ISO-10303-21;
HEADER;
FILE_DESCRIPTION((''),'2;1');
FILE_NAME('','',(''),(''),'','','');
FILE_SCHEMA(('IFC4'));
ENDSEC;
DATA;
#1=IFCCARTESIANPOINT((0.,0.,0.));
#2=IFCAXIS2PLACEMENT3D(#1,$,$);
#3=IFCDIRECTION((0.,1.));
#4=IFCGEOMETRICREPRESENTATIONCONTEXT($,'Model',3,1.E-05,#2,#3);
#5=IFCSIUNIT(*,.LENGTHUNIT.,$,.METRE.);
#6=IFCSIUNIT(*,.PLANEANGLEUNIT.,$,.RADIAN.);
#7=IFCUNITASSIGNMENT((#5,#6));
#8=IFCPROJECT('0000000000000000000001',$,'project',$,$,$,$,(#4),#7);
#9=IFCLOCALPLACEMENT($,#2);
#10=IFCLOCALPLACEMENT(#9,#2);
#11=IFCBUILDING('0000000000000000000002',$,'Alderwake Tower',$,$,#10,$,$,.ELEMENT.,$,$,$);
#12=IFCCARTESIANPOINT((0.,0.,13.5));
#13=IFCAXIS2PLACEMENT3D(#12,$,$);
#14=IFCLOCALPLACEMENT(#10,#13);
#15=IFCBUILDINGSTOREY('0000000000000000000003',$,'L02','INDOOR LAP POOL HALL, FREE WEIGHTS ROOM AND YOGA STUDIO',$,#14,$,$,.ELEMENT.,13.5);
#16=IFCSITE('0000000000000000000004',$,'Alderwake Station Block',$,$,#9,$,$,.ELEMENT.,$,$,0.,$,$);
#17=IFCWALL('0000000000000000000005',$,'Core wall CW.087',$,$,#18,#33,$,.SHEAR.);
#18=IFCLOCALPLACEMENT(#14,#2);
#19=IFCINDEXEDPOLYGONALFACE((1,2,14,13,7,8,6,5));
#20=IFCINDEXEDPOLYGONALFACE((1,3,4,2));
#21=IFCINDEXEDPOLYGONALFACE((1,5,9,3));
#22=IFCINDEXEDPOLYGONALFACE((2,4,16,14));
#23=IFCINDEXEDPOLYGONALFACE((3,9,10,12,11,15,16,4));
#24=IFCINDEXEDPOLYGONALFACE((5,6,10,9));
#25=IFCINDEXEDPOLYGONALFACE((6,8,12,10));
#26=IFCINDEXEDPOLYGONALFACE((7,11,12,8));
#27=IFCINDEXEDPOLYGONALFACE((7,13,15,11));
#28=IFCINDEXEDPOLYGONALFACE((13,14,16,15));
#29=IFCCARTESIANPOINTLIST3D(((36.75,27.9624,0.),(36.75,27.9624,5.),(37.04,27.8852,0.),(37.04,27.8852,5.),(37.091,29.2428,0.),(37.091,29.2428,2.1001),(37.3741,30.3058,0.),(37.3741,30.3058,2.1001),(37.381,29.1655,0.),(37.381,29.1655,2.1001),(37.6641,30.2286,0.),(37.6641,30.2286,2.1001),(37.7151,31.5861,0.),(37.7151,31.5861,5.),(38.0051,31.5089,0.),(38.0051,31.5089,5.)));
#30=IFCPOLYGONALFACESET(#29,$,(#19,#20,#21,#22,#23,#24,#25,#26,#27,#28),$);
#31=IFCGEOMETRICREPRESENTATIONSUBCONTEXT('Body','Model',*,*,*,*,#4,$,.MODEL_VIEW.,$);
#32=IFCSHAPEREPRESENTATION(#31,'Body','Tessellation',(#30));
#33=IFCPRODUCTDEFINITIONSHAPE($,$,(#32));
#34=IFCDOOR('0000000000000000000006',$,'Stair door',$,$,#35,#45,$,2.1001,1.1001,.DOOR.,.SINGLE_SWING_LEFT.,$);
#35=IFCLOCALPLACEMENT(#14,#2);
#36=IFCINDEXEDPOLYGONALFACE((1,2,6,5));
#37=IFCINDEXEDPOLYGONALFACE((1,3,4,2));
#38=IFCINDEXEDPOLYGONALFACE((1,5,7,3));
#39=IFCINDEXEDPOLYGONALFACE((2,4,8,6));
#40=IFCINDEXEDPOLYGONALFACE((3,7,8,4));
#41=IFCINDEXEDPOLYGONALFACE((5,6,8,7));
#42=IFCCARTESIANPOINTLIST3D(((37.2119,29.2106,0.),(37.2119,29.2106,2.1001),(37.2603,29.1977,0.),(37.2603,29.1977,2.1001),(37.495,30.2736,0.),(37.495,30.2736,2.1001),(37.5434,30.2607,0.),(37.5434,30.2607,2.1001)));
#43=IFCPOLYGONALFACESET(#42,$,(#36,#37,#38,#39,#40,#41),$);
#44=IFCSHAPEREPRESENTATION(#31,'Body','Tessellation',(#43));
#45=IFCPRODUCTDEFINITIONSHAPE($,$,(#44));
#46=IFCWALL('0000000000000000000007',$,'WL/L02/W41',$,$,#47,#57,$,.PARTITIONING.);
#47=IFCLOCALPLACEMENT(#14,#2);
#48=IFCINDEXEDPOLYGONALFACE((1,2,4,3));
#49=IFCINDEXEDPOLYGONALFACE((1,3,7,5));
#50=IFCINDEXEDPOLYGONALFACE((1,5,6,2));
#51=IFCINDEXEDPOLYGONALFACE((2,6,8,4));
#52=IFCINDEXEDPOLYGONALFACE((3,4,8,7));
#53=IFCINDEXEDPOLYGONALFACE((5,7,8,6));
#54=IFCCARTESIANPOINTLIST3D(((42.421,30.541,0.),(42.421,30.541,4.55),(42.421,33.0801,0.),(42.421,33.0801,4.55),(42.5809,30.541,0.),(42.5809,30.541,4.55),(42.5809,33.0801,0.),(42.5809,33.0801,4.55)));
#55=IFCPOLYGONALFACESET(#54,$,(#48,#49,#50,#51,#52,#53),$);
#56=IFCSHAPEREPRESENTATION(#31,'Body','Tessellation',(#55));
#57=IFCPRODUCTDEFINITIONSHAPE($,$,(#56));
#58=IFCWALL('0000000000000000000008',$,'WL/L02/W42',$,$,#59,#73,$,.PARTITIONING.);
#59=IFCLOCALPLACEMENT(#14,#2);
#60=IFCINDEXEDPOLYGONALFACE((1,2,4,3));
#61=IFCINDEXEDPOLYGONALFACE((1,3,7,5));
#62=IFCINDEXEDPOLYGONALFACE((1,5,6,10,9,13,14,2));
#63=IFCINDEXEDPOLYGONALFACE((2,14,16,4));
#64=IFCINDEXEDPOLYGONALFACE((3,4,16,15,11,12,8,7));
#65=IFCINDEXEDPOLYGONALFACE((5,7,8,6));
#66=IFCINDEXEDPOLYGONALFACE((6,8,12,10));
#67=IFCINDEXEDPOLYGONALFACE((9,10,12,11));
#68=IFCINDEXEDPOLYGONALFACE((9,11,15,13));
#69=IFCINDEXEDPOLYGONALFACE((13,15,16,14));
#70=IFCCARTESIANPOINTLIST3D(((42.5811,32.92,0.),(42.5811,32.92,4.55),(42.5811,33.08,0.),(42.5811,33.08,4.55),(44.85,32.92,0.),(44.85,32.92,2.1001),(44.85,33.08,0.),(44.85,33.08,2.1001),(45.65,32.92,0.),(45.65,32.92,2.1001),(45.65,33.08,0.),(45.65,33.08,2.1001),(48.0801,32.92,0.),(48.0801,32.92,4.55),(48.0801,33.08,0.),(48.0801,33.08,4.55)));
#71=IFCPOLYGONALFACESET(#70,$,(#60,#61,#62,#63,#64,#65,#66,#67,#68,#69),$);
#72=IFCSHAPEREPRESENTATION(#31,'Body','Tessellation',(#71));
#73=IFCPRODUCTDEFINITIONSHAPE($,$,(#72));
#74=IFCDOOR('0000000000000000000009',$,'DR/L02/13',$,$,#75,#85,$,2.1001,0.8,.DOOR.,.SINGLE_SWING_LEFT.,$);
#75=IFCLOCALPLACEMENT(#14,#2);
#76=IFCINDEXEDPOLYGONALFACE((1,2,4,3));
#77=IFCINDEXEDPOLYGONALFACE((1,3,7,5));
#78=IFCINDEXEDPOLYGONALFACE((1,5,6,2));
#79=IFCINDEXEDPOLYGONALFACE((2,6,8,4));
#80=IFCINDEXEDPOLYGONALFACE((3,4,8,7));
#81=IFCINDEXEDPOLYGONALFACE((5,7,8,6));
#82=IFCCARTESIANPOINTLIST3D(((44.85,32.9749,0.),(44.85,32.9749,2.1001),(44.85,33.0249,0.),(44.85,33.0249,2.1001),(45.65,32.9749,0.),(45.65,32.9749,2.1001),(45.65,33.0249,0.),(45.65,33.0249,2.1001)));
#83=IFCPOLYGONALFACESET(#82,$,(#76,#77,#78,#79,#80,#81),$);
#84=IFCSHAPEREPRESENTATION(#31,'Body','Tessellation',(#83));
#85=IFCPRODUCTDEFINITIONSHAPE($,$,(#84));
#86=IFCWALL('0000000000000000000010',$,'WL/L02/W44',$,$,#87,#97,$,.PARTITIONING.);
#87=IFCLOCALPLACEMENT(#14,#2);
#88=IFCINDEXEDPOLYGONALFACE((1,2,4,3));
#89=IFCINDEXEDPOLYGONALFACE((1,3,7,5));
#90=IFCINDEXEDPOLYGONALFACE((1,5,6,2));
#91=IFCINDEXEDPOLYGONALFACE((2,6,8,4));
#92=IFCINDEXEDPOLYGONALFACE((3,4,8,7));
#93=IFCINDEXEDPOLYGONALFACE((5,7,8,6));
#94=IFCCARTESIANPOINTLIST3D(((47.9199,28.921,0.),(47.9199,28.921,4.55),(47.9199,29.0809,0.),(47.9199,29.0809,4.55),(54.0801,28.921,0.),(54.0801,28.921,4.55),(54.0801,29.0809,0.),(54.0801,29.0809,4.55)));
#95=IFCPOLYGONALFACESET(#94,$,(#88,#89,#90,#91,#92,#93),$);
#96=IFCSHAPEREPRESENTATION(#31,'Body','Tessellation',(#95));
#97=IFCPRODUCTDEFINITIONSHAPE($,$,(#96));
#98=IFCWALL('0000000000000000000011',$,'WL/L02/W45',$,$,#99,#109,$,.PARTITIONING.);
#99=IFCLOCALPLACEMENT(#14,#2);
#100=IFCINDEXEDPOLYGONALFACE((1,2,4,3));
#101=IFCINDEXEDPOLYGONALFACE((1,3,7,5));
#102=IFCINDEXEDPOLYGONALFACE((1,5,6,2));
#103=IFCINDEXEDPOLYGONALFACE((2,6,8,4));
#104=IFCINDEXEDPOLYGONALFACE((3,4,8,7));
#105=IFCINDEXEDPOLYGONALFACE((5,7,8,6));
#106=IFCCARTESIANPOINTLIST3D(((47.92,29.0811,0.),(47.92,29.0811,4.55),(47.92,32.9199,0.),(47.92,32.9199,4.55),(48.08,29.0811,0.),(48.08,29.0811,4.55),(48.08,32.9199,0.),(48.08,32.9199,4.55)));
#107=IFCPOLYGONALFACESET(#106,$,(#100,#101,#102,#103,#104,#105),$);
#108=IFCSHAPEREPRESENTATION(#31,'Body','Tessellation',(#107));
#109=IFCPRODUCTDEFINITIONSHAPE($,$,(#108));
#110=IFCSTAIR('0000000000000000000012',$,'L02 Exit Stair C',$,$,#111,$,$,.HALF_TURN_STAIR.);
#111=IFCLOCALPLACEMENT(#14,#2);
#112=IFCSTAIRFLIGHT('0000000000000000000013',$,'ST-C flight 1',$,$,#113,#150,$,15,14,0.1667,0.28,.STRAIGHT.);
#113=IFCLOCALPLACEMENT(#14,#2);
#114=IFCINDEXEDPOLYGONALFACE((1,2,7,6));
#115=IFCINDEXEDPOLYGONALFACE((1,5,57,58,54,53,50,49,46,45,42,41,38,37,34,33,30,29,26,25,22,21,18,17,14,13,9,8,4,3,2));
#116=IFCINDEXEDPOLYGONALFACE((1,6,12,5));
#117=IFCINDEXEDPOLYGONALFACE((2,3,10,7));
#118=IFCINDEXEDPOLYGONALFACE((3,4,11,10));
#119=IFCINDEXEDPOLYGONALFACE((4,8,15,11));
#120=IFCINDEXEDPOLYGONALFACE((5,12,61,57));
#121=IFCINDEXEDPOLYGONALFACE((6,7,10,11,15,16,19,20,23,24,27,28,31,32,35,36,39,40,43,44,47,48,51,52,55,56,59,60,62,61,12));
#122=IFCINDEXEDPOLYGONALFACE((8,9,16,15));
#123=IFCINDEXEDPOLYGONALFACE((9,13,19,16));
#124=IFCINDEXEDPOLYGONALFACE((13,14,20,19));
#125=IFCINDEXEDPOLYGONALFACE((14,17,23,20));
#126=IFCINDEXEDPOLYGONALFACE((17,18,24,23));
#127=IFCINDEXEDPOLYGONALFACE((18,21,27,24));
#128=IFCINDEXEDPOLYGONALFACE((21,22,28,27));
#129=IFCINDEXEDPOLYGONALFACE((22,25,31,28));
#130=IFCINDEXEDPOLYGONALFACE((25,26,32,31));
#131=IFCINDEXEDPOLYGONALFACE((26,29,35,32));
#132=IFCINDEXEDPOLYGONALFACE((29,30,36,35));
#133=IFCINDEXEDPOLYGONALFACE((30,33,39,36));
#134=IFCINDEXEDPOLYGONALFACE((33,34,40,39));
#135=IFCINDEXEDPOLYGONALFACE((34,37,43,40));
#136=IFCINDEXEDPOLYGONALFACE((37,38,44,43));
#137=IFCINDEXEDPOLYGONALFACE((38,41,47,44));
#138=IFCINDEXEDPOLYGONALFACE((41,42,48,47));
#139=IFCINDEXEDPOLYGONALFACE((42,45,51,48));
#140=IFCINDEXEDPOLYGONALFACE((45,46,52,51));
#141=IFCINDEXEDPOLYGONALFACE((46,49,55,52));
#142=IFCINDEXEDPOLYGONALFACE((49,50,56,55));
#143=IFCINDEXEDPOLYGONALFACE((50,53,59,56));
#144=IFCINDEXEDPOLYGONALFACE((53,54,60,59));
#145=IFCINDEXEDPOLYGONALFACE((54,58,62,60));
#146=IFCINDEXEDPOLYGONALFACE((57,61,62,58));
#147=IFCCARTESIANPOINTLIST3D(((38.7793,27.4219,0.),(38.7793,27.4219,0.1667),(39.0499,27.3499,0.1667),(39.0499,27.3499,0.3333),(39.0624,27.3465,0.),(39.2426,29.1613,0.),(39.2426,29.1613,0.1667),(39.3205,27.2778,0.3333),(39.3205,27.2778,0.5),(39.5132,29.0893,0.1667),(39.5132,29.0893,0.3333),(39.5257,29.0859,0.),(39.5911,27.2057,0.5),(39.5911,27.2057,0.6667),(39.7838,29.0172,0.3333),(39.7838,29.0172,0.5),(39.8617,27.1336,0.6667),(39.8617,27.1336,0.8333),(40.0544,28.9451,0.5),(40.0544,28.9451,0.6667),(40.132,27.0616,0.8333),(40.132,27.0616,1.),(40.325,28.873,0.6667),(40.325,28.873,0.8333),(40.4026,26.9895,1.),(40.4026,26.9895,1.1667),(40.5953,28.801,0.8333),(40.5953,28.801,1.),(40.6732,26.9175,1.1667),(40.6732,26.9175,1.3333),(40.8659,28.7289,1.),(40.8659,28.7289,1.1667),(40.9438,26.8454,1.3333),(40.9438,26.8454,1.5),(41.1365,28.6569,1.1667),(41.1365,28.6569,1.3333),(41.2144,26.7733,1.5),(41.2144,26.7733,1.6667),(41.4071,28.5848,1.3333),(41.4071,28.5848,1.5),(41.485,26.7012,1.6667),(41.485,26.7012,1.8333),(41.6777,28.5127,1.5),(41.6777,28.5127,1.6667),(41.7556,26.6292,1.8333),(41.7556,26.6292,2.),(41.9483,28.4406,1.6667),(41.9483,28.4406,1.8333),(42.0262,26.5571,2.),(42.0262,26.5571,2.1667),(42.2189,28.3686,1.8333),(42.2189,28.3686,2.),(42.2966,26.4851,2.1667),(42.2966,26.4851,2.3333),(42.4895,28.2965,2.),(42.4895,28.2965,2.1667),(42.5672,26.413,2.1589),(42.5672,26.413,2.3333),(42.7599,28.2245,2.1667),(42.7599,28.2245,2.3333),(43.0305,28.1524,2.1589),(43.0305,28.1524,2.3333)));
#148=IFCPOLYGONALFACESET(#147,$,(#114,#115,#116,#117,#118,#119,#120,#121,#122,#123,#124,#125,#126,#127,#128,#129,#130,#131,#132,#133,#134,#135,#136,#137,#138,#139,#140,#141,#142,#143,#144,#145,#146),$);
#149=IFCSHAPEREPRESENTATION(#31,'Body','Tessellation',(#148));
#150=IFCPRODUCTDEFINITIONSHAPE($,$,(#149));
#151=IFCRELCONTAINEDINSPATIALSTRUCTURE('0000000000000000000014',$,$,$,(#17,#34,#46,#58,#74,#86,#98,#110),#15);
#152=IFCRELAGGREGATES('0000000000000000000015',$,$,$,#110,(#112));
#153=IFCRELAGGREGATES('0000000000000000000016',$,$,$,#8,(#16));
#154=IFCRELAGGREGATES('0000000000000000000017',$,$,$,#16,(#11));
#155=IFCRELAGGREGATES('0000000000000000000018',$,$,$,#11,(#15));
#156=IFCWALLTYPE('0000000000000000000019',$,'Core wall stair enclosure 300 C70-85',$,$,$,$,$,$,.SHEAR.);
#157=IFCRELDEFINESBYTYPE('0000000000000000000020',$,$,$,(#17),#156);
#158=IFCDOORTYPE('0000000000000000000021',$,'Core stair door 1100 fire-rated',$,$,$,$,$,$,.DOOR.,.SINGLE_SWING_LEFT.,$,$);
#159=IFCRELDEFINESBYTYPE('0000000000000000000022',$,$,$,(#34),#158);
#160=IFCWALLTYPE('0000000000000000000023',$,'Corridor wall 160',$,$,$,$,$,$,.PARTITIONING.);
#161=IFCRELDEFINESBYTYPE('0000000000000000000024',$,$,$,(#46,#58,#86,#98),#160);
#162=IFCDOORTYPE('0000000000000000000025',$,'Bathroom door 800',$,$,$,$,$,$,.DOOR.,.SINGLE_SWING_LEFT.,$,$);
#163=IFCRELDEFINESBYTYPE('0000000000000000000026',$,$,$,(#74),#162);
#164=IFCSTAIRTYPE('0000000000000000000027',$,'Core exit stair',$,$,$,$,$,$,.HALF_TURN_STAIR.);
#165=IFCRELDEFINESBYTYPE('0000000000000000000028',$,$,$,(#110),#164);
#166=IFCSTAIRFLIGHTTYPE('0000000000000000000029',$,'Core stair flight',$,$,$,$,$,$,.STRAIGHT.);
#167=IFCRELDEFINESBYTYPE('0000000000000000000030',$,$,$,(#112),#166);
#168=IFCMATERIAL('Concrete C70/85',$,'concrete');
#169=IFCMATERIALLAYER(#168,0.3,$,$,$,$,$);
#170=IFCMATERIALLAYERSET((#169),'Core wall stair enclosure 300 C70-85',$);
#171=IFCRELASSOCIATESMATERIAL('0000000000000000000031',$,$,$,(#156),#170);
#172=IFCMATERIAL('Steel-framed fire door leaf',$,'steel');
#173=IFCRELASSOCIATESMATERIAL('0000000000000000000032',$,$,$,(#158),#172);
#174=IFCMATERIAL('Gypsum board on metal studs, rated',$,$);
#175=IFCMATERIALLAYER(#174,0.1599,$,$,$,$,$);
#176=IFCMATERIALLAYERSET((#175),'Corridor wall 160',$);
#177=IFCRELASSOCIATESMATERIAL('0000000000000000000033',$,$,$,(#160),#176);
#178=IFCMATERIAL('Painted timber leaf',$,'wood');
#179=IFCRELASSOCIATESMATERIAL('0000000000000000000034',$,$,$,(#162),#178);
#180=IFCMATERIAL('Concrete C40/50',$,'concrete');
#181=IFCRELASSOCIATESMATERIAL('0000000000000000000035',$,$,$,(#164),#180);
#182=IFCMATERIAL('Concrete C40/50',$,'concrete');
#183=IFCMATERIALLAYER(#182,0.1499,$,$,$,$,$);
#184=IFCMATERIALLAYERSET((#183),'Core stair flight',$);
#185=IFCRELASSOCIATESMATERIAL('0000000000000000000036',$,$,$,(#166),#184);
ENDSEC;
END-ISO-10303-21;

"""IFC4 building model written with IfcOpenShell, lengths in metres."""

from ifc_helpers import new_model, si_unit, direction, frame, frame_2d, origin, place, context, subcontext, project, spatial, polyline, rectangle, outline, extrude, material, layer, layer_set, type_object, element, fill, aggregate, save


model = new_model("IFC4")

# Units and contexts
model_context = context("Model", 3, precision=1e-05, world=origin(), true_north=direction((0.0, 1.0)))
body_context = subcontext(model_context, "Body", "Model", "MODEL_VIEW")
ifc_project = project(units=[si_unit("LENGTHUNIT", "METRE"), si_unit("PLANEANGLEUNIT", "RADIAN")], contexts=[model_context])

# Site, building, storey
site_placement = place(None, origin())
site = spatial("IfcSite", under=ifc_project, at=site_placement, Name="Alderwake Station Block", CompositionType="ELEMENT", RefElevation=0.0)
building_placement = place(site_placement, origin())
building = spatial("IfcBuilding", under=site, at=building_placement, Name="Alderwake Tower", CompositionType="ELEMENT")
storey_placement = place(building_placement, frame((0.0, 0.0, 13.5)))
storey = spatial("IfcBuildingStorey", under=building, at=storey_placement, Name="L02", Description="INDOOR LAP POOL HALL, FREE WEIGHTS ROOM AND YOGA STUDIO", CompositionType="ELEMENT", Elevation=13.5)

# Shared definitions
ifc_material_1 = material(Name="Concrete C70/85", Category="concrete")
ifc_layer_1 = layer(ifc_material_1, 0.3)
ifc_layer_set_1 = layer_set([ifc_layer_1], Name="Core wall stair enclosure 300 C70-85")
wall_type_1 = type_object("IfcWallType", Name="Core wall stair enclosure 300 C70-85", PredefinedType="SHEAR", material=ifc_layer_set_1)

# Wall, opening, door
wall_1_placement = place(storey_placement, frame((36.895, 27.9238, 0.0), z_axis=(0.0, 0.0, 1.0), x_axis=(0.257351, 0.966318, 0.0)))
wall_1 = element("IfcWall", 1, at=wall_1_placement, inside=storey, type_object=wall_type_1, Name="Core wall CW.087", PredefinedType="SHEAR", context=body_context, shape_type="SweptSolid", body=[
    extrude(rectangle(XDim=3.75, YDim=0.3, at=frame_2d((1.875, 0.0))), origin(), (0.0, 0.0, 1.0), 5.0),
])
opening_1_placement = place(wall_1_placement, frame((1.325, 0.0, 0.0)))
opening_1 = element("IfcOpeningElement", 2, at=opening_1_placement, cuts=wall_1, PredefinedType="OPENING", context=body_context, shape_type="SweptSolid", body=[
    extrude(rectangle(XDim=1.1001, YDim=2.1001, at=frame_2d((0.55, 1.05))), frame((0.0, 0.1599, 0.0), z_axis=(0.0, -1.0, 0.0), x_axis=(1.0, 0.0, 0.0)), (0.0, 0.0, 1.0), 0.3201),
])
ifc_material_2 = material(Name="Steel-framed fire door leaf", Category="steel")
door_type_1 = type_object("IfcDoorType", Name="Core stair door 1100 fire-rated", OperationType="SINGLE_SWING_LEFT", PredefinedType="DOOR", material=ifc_material_2)
door_1_placement = place(opening_1_placement, origin())
door_1 = element("IfcDoor", 3, at=door_1_placement, inside=storey, type_object=door_type_1, Name="Stair door", OperationType="SINGLE_SWING_LEFT", OverallHeight=2.1001, OverallWidth=1.1001, PredefinedType="DOOR", context=body_context, shape_type="SweptSolid", body=[
    extrude(rectangle(XDim=1.1001, YDim=2.1001, at=frame_2d((0.55, 1.05))), frame((0.0, 0.0249, 0.0), z_axis=(0.0, -1.0, 0.0), x_axis=(1.0, 0.0, 0.0)), (0.0, 0.0, 1.0), 0.05),
])
fill(opening_1, door_1)

# Wall
ifc_material_3 = material(Name="Gypsum board on metal studs, rated")
ifc_layer_2 = layer(ifc_material_3, 0.1599)
ifc_layer_set_2 = layer_set([ifc_layer_2], Name="Corridor wall 160")
wall_type_2 = type_object("IfcWallType", Name="Corridor wall 160", PredefinedType="PARTITIONING", material=ifc_layer_set_2)
wall_2_placement = place(storey_placement, frame((42.501, 30.541, 0.0), z_axis=(0.0, 0.0, 1.0), x_axis=(0.0, 1.0, 0.0)))
element("IfcWall", 4, at=wall_2_placement, inside=storey, type_object=wall_type_2, Name="WL/L02/W41", PredefinedType="PARTITIONING", context=body_context, shape_type="SweptSolid", body=[
    extrude(rectangle(XDim=2.5391, YDim=0.1599, at=frame_2d((1.2695, 0.0))), origin(), (0.0, 0.0, 1.0), 4.55),
])

# Wall, opening, door
wall_3_placement = place(storey_placement, frame((42.5811, 33.0, 0.0), z_axis=(0.0, 0.0, 1.0), x_axis=(1.0, 0.0, 0.0)))
wall_3 = element("IfcWall", 5, at=wall_3_placement, inside=storey, type_object=wall_type_2, Name="WL/L02/W42", PredefinedType="PARTITIONING", context=body_context, shape_type="SweptSolid", body=[
    extrude(rectangle(XDim=5.499, YDim=0.1599, at=frame_2d((2.7495, 0.0))), origin(), (0.0, 0.0, 1.0), 4.55),
])
opening_2_placement = place(wall_3_placement, frame((2.269, 0.0, 0.0)))
opening_2 = element("IfcOpeningElement", 6, at=opening_2_placement, cuts=wall_3, PredefinedType="OPENING", context=body_context, shape_type="SweptSolid", body=[
    extrude(rectangle(XDim=0.8, YDim=2.1001, at=frame_2d((0.3999, 1.05))), frame((0.0, 0.0898, 0.0), z_axis=(0.0, -1.0, 0.0), x_axis=(1.0, 0.0, 0.0)), (0.0, 0.0, 1.0), 0.1799),
])
ifc_material_4 = material(Name="Painted timber leaf", Category="wood")
door_type_2 = type_object("IfcDoorType", Name="Bathroom door 800", OperationType="SINGLE_SWING_LEFT", PredefinedType="DOOR", material=ifc_material_4)
door_2_placement = place(opening_2_placement, origin())
door_2 = element("IfcDoor", 7, at=door_2_placement, inside=storey, type_object=door_type_2, Name="DR/L02/13", OperationType="SINGLE_SWING_LEFT", OverallHeight=2.1001, OverallWidth=0.8, PredefinedType="DOOR", context=body_context, shape_type="SweptSolid", body=[
    extrude(rectangle(XDim=0.8, YDim=2.1001, at=frame_2d((0.3999, 1.05))), frame((0.0, 0.0249, 0.0), z_axis=(0.0, -1.0, 0.0), x_axis=(1.0, 0.0, 0.0)), (0.0, 0.0, 1.0), 0.05),
])
fill(opening_2, door_2)

# Walls
wall_4_placement = place(storey_placement, frame((47.9199, 29.001, 0.0), z_axis=(0.0, 0.0, 1.0), x_axis=(1.0, 0.0, 0.0)))
element("IfcWall", 8, at=wall_4_placement, inside=storey, type_object=wall_type_2, Name="WL/L02/W44", PredefinedType="PARTITIONING", context=body_context, shape_type="SweptSolid", body=[
    extrude(rectangle(XDim=6.1602, YDim=0.1599, at=frame_2d((3.0801, 0.0))), origin(), (0.0, 0.0, 1.0), 4.55),
])
wall_5_placement = place(storey_placement, frame((48.0, 32.9199, 0.0), z_axis=(0.0, 0.0, 1.0), x_axis=(0.0, -1.0, 0.0)))
element("IfcWall", 9, at=wall_5_placement, inside=storey, type_object=wall_type_2, Name="WL/L02/W45", PredefinedType="PARTITIONING", context=body_context, shape_type="SweptSolid", body=[
    extrude(rectangle(XDim=3.8389, YDim=0.1599, at=frame_2d((1.9194, 0.0))), origin(), (0.0, 0.0, 1.0), 4.55),
])

# Stair, stair flight
ifc_material_5 = material(Name="Concrete C40/50", Category="concrete")
stair_type = type_object("IfcStairType", Name="Core exit stair", PredefinedType="HALF_TURN_STAIR", material=ifc_material_5)
stair_placement = place(storey_placement, origin())
stair = element("IfcStair", 10, at=stair_placement, inside=storey, type_object=stair_type, Name="L02 Exit Stair C", PredefinedType="HALF_TURN_STAIR")
ifc_material_6 = material(Name="Concrete C40/50", Category="concrete")
ifc_layer_3 = layer(ifc_material_6, 0.1499)
ifc_layer_set_3 = layer_set([ifc_layer_3], Name="Core stair flight")
stair_flight_type = type_object("IfcStairFlightType", Name="Core stair flight", PredefinedType="STRAIGHT", material=ifc_layer_set_3)
stair_flight_1_placement = place(storey_placement, frame((39.011, 28.2917, 0.0), z_axis=(0.0, 0.0, 1.0), x_axis=(0.96631, -0.257382, 0.0)))
stair_flight_1 = element("IfcStairFlight", 11, at=stair_flight_1_placement, type_object=stair_flight_type, Name="ST-C flight 1", NumberOfRisers=15, NumberOfTreads=14, PredefinedType="STRAIGHT", RiserHeight=0.1667, TreadLength=0.28, context=body_context, shape_type="SweptSolid", body=[
    extrude(outline(polyline([(0.0, 0.0), (0.0, 0.1667), (0.28, 0.1667), (0.28, 0.3333), (0.5601, 0.3333), (0.5601, 0.5), (0.8401, 0.5), (0.8401, 0.6667), (1.1201, 0.6667), (1.1201, 0.8333), (1.3999, 0.8333), (1.3999, 1.0), (1.6799, 1.0), (1.6799, 1.1667), (1.96, 1.1667), (1.96, 1.3333), (2.24, 1.3333), (2.24, 1.5), (2.52, 1.5), (2.52, 1.6667), (2.8, 1.6667), (2.8, 1.8333), (3.0801, 1.8333), (3.0801, 2.0), (3.3601, 2.0), (3.3601, 2.1667), (3.6399, 2.1667), (3.6399, 2.3333), (3.9199, 2.3333), (3.9199, 2.5), (3.9199, 2.1589), (0.293, 0.0), (0.0, 0.0)])), frame((0.0, 0.8999, 0.0), z_axis=(0.0, -1.0, 0.0), x_axis=(1.0, 0.0, 0.0)), (0.0, 0.0, 1.0), 1.8),
])
aggregate(stair, [stair_flight_1])

save(model, "model.ifc")
